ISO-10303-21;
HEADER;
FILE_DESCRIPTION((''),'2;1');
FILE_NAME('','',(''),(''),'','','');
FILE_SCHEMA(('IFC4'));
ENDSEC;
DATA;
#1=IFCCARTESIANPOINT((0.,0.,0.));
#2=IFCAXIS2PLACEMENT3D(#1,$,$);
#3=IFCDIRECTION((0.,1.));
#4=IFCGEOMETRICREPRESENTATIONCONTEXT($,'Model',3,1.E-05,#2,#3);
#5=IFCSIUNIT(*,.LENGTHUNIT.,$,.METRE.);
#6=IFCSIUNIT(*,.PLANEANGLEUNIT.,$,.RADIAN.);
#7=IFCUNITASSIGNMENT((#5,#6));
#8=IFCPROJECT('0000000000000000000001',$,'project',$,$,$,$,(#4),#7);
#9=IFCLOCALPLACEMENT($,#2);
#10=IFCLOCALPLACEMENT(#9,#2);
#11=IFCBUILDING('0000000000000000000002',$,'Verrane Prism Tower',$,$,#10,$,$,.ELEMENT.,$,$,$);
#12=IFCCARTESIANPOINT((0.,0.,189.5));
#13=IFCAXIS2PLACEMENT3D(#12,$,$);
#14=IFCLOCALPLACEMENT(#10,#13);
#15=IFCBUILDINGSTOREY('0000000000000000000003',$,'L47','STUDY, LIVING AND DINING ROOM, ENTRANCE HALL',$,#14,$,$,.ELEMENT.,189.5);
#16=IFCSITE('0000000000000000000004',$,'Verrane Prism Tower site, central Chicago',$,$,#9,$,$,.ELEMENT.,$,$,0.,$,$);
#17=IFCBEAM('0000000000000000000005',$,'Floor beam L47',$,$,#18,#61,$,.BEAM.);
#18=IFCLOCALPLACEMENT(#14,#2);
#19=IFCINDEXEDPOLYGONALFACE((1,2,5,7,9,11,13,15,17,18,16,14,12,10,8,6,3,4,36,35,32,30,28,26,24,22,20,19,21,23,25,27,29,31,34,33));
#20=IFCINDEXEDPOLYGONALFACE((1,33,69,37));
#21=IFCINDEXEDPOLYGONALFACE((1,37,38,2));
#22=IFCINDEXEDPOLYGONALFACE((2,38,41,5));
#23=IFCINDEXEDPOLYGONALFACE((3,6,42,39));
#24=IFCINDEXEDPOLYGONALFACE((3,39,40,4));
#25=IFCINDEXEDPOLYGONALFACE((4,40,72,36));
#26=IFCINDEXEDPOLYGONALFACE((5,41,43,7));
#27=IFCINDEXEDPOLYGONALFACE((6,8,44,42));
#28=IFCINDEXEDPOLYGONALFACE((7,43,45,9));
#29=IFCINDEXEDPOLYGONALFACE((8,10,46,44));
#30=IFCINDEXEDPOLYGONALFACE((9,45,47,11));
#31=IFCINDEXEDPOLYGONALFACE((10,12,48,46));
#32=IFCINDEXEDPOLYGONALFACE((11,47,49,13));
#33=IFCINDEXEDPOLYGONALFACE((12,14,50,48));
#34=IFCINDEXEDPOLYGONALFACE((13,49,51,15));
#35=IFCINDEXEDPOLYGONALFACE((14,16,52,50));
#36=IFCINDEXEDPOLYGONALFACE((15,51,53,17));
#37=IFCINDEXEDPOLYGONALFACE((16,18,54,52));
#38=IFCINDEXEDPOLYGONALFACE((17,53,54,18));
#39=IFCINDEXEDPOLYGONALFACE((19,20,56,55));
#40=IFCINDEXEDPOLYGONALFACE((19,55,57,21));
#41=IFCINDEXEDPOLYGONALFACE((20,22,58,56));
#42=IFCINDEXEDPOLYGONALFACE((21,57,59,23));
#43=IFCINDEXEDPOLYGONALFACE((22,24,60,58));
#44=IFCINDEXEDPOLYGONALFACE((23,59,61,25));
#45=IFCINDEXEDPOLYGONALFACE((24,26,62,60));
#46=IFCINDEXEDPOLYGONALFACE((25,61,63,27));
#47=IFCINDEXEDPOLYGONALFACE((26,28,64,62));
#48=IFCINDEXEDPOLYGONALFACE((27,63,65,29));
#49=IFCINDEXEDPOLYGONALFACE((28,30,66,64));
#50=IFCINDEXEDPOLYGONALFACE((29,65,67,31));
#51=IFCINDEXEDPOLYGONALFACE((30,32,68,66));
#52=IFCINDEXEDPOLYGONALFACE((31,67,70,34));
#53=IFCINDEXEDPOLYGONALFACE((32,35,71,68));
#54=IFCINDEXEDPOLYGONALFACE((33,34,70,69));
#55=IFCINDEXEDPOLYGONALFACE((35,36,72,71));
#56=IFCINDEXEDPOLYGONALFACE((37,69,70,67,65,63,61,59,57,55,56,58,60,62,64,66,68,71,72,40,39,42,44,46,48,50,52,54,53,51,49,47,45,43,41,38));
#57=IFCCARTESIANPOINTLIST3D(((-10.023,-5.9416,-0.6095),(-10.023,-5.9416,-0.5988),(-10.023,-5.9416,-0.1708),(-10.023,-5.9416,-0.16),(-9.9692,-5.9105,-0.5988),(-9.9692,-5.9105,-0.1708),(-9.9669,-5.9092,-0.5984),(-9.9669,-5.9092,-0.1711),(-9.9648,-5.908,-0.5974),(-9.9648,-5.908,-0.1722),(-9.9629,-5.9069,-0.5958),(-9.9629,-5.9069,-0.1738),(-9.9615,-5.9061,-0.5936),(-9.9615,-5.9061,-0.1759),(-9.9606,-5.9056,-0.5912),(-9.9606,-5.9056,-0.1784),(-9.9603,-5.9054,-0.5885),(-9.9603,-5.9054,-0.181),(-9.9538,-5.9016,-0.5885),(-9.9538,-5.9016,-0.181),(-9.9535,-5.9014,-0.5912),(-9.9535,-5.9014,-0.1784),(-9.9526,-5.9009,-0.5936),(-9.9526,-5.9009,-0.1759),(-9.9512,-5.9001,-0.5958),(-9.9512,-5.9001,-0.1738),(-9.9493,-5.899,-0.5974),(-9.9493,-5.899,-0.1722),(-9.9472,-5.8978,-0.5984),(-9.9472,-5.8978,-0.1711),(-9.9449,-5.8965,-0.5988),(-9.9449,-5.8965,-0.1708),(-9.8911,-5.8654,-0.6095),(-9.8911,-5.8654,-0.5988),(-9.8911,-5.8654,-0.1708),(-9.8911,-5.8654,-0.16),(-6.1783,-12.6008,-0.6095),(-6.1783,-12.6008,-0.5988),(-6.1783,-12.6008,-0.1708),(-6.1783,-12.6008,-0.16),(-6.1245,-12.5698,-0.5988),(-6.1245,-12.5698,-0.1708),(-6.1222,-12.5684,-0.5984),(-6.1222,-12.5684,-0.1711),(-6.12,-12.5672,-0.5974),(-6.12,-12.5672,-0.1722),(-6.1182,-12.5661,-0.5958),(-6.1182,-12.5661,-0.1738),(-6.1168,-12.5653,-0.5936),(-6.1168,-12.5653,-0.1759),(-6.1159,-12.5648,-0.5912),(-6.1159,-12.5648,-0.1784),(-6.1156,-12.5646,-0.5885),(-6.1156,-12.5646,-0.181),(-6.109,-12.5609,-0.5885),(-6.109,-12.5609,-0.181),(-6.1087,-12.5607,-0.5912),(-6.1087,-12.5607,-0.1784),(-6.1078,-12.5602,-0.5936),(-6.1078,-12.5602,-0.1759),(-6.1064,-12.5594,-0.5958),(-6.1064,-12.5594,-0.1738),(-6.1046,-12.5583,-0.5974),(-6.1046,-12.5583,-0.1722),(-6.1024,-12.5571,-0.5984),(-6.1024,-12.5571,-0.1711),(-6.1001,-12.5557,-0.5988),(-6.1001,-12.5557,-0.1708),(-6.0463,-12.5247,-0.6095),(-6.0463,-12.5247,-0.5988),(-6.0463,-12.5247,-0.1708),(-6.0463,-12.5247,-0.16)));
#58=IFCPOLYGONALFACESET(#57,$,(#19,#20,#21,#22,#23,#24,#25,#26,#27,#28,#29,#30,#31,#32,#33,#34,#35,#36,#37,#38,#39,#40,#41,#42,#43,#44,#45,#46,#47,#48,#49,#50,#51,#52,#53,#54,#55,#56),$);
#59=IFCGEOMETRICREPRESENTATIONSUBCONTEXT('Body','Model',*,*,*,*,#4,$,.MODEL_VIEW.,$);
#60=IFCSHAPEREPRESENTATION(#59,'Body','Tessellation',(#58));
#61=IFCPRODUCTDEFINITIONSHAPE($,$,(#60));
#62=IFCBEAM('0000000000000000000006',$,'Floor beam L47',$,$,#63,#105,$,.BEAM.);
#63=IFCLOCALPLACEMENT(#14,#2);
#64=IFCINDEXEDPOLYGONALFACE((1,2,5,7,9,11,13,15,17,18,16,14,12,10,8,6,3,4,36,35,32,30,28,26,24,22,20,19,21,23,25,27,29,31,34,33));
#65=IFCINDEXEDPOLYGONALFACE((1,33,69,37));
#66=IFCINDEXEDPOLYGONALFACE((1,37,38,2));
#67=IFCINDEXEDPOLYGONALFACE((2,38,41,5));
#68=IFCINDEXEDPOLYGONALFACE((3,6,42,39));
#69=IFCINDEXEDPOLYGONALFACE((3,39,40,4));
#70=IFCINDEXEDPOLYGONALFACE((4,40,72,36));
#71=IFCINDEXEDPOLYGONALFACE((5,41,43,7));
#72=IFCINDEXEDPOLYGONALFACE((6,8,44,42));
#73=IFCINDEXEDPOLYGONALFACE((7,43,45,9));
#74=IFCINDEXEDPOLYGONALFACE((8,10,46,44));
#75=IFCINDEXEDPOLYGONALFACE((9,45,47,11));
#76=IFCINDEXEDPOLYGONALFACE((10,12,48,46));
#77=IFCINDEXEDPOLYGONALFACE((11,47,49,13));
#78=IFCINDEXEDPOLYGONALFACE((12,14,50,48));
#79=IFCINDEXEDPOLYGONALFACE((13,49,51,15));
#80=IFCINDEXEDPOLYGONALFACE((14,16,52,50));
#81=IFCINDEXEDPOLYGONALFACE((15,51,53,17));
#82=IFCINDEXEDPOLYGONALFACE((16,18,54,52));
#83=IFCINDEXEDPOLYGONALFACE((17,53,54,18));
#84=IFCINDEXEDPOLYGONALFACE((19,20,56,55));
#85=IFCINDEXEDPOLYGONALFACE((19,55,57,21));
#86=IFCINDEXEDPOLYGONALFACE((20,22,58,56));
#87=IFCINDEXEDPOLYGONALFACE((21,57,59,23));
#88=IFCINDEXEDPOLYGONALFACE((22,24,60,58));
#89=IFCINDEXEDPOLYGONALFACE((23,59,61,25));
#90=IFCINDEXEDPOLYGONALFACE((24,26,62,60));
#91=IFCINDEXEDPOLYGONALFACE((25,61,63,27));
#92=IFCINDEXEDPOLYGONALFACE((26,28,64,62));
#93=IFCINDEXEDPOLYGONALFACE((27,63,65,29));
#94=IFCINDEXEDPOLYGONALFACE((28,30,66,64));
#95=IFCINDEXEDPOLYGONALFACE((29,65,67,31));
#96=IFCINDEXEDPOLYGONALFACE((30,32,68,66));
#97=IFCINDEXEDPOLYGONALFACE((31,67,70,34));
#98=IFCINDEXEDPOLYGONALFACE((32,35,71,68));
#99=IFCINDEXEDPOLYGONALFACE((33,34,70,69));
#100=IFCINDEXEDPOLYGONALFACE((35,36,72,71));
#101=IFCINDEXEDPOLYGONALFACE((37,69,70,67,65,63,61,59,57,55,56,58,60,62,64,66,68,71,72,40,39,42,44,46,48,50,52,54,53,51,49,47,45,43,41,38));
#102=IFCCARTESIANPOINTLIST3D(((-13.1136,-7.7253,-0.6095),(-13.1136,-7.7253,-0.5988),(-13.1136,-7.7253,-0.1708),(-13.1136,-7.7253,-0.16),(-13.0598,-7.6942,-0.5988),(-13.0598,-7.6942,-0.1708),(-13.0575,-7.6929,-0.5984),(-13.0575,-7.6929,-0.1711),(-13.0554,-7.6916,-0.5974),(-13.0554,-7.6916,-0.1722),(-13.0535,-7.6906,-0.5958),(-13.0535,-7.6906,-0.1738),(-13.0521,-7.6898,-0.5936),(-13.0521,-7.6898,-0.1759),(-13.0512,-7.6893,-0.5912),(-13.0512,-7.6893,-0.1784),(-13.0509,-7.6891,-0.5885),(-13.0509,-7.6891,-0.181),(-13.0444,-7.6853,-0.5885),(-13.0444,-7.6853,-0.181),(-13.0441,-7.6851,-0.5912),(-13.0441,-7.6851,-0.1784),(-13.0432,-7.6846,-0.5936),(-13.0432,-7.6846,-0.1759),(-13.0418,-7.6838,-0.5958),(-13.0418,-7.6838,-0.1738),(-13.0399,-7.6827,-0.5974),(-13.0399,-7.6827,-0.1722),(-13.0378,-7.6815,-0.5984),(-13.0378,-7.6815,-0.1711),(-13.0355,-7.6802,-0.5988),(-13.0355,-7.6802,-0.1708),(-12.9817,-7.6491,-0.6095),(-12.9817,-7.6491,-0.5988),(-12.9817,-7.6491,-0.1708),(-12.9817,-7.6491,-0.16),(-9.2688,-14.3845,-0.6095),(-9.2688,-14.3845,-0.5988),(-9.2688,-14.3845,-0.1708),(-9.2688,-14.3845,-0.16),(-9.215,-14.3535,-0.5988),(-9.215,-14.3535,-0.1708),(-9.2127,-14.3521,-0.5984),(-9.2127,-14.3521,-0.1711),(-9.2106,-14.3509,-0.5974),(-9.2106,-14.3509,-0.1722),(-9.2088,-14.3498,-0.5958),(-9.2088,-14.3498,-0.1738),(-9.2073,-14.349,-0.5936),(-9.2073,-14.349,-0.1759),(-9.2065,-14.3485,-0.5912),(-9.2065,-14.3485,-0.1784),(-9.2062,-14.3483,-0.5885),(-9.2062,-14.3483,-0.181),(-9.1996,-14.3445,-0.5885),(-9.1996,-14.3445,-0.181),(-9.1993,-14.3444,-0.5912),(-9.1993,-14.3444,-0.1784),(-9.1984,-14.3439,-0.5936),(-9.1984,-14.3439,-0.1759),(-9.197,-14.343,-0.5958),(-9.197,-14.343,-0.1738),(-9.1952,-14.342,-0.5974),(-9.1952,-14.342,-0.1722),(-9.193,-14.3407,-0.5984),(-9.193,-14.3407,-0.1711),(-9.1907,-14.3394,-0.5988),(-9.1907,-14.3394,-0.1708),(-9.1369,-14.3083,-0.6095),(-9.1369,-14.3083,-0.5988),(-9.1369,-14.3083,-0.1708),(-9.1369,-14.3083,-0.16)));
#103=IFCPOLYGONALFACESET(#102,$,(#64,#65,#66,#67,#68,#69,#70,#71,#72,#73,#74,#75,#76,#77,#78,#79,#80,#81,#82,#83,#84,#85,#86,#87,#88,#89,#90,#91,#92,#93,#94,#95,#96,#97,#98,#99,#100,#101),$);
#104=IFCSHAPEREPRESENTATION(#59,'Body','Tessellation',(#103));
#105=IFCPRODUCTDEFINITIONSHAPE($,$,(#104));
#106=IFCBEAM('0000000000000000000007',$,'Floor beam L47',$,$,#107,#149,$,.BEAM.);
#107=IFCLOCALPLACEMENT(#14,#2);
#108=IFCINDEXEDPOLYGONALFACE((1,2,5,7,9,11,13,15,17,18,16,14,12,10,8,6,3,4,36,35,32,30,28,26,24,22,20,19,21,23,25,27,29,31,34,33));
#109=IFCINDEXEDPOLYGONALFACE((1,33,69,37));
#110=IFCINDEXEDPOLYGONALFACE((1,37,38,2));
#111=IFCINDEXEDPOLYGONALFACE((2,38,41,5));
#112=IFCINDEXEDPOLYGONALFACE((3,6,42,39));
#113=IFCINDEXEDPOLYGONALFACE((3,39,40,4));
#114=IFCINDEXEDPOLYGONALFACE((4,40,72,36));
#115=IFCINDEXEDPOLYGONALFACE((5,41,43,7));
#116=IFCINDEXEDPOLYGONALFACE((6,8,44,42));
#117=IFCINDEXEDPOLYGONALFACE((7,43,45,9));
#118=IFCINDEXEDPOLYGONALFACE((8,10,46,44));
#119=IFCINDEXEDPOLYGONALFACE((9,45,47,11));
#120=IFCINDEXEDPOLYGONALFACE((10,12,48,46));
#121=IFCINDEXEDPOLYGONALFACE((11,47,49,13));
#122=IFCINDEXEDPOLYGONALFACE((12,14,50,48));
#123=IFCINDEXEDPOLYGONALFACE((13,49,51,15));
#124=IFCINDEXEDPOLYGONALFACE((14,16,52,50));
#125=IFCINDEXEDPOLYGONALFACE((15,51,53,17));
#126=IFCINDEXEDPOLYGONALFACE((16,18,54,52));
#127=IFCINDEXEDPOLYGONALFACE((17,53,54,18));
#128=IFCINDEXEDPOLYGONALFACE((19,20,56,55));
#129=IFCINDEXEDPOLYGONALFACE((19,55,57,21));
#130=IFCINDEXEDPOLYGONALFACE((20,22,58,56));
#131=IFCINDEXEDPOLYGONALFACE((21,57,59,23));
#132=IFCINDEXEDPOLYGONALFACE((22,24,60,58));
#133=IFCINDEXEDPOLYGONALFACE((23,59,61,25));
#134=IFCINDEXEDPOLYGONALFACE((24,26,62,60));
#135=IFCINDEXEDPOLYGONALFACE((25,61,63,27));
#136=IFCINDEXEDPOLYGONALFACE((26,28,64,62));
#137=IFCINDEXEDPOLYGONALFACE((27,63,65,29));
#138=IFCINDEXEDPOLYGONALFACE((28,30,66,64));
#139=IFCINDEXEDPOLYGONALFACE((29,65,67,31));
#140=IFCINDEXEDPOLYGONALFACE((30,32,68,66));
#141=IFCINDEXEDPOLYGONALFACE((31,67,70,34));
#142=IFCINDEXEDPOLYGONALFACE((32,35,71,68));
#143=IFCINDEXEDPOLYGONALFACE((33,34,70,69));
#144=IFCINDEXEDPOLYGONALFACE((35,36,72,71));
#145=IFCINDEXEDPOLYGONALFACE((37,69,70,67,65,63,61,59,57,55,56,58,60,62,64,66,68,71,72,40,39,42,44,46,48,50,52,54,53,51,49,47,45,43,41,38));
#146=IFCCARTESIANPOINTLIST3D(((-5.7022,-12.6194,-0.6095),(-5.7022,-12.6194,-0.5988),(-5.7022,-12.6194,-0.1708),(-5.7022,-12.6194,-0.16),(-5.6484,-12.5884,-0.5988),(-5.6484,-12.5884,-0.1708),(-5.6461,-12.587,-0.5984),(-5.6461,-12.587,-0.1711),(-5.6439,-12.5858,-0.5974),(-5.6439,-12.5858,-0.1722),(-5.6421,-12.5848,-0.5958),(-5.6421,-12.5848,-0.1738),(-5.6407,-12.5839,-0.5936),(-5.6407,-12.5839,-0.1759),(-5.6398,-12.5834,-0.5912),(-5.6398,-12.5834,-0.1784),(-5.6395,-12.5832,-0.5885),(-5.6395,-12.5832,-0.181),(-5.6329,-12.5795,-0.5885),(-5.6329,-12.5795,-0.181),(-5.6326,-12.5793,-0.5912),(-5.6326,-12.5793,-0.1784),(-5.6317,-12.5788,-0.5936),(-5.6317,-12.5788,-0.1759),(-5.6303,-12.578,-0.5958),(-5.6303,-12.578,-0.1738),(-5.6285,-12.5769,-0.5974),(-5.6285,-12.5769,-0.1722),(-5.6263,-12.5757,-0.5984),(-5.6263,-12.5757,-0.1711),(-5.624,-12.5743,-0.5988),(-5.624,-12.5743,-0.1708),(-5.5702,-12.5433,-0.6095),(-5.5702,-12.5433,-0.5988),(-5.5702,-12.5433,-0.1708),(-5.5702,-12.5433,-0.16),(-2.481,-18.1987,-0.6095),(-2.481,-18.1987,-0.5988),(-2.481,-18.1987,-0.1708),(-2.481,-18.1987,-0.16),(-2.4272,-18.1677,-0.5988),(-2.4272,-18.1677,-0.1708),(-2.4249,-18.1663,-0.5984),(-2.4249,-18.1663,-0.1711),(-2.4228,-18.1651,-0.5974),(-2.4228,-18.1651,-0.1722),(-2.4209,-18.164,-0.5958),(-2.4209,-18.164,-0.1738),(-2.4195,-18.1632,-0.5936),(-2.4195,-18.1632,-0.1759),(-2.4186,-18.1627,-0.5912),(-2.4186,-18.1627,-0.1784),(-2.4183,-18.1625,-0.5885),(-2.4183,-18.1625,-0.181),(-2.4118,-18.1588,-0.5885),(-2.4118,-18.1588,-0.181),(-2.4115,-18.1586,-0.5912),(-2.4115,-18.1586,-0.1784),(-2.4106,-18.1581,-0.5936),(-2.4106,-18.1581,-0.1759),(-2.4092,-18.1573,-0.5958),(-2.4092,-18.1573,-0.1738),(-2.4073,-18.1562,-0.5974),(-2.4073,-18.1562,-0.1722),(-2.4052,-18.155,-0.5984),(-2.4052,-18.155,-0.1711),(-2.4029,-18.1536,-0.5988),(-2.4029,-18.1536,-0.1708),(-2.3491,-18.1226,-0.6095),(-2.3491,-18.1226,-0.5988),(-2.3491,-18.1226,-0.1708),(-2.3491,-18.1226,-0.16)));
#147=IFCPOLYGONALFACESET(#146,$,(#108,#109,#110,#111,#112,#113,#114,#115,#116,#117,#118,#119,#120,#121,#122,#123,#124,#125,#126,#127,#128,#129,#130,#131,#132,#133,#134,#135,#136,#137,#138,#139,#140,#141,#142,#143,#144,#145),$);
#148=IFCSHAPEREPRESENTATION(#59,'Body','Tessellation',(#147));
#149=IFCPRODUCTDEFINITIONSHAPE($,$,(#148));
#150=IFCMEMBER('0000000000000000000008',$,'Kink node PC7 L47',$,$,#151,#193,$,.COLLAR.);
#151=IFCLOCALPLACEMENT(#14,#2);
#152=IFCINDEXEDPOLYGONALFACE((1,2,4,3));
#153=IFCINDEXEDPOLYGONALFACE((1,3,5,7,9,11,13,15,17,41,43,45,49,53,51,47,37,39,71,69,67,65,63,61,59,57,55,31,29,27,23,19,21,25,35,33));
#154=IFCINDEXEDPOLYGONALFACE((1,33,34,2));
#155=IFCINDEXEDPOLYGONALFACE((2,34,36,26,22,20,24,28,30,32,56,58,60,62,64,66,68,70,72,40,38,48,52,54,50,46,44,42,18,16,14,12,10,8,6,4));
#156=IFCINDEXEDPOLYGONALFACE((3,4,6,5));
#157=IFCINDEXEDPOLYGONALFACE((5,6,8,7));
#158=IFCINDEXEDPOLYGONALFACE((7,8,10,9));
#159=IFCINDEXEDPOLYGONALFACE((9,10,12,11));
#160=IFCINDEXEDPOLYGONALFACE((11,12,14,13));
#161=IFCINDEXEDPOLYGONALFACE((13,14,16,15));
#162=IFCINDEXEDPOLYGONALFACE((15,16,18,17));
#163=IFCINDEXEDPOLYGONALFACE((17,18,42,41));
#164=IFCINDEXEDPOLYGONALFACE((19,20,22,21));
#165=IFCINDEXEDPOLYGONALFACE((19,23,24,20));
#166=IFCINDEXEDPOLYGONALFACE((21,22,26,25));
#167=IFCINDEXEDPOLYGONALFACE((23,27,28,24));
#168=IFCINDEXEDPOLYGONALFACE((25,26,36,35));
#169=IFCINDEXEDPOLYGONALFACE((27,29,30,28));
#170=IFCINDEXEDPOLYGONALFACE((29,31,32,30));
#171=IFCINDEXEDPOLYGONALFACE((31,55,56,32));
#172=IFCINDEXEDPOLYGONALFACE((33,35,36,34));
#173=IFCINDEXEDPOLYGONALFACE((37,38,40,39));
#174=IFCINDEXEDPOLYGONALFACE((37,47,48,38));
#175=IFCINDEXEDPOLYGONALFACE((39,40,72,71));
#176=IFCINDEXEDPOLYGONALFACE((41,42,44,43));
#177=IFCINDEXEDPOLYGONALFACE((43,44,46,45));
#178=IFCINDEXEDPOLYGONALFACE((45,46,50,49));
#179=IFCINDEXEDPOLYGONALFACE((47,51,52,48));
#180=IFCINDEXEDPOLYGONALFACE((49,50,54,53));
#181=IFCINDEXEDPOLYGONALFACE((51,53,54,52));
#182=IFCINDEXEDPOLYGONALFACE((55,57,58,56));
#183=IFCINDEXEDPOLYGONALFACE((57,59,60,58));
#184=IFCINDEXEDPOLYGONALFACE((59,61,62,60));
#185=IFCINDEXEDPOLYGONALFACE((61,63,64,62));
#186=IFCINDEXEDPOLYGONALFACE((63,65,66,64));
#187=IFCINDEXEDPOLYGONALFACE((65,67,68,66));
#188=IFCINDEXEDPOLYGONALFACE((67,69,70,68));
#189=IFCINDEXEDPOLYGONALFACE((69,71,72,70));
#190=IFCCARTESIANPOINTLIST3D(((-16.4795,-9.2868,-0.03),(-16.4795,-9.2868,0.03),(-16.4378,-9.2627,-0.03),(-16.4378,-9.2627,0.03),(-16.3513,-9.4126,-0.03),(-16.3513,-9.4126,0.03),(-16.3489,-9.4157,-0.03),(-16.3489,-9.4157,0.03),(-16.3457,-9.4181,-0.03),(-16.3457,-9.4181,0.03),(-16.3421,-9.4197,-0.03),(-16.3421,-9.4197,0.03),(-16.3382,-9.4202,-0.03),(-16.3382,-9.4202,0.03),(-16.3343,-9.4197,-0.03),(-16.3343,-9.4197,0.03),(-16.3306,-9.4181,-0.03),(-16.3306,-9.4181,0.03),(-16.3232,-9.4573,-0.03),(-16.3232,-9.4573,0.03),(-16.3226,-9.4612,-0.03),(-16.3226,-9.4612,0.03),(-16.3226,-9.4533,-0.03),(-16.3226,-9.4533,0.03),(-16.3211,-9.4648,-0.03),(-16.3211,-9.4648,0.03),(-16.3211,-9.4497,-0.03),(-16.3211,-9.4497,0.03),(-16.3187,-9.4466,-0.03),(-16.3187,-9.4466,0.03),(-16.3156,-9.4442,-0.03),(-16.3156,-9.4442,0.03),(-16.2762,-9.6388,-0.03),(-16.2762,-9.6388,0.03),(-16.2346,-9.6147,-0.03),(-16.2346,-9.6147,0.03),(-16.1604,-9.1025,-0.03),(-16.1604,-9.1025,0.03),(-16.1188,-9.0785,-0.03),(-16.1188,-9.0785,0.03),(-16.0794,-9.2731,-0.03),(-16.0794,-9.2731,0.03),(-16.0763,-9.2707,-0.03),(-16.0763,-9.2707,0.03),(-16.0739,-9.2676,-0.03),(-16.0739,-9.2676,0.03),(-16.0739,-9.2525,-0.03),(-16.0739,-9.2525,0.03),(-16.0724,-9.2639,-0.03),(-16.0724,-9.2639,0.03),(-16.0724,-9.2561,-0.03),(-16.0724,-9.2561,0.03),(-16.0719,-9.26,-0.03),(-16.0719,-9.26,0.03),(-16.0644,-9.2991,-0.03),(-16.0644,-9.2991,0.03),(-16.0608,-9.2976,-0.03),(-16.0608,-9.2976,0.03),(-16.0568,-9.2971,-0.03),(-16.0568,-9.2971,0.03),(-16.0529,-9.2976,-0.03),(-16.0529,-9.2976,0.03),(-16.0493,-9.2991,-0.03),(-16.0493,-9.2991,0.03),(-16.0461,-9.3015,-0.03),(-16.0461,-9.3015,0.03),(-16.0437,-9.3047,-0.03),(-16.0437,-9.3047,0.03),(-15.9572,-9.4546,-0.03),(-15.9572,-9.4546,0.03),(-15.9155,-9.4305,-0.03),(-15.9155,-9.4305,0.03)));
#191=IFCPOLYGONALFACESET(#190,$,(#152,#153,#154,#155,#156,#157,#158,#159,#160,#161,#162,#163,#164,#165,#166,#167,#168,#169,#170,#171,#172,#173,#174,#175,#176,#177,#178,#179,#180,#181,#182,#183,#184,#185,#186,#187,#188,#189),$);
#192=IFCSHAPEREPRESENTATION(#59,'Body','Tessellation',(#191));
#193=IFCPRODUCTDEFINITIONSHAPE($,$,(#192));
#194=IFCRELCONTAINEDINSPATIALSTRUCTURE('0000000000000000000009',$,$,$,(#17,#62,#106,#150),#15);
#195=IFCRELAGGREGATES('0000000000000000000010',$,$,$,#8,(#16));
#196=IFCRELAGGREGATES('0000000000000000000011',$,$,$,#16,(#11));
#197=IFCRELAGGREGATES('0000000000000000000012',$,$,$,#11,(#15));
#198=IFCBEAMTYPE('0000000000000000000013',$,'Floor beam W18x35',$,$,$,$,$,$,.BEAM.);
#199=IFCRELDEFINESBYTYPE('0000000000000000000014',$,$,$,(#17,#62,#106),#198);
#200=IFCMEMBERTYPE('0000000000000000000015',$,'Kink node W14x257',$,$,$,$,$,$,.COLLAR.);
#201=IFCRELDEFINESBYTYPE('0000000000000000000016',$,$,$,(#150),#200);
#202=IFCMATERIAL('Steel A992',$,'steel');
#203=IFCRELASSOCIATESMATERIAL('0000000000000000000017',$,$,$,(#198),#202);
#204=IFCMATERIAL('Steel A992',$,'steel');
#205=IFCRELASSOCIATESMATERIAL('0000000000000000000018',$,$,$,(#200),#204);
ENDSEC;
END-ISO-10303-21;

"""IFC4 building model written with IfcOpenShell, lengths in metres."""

from ifc_helpers import new_model, si_unit, direction, frame, origin, origin_2d, place, context, subcontext, project, spatial, i_section, extrude, material, material_profile, profile_set, type_object, element, save


model = new_model("IFC4")

# Units and contexts
model_context = context("Model", 3, precision=1e-05, world=origin(), true_north=direction((0.0, 1.0)))
body_context = subcontext(model_context, "Body", "Model", "MODEL_VIEW")
ifc_project = project(units=[si_unit("LENGTHUNIT", "METRE"), si_unit("PLANEANGLEUNIT", "RADIAN")], contexts=[model_context])

# Site, building, storey
site_placement = place(None, origin())
site = spatial("IfcSite", under=ifc_project, at=site_placement, Name="Verrane Prism Tower site, central Chicago", CompositionType="ELEMENT", RefElevation=0.0)
building_placement = place(site_placement, origin())
building = spatial("IfcBuilding", under=site, at=building_placement, Name="Verrane Prism Tower", CompositionType="ELEMENT")
storey_placement = place(building_placement, frame((0.0, 0.0, 189.5)))
storey = spatial("IfcBuildingStorey", under=building, at=storey_placement, Name="L47", Description="STUDY, LIVING AND DINING ROOM, ENTRANCE HALL", CompositionType="ELEMENT", Elevation=189.5)

# Beams
ifc_material_1 = material(Name="Steel A992", Category="steel")
ifc_material_profile_1 = material_profile(ifc_material_1, i_section(OverallWidth=0.1523, OverallDepth=0.4495, WebThickness=0.0076, FlangeThickness=0.0107, FilletRadius=0.0103, at=origin_2d()), Name="W18x35")
ifc_profile_set_1 = profile_set([ifc_material_profile_1], Name="Steel A992")
beam_type_1 = type_object("IfcBeamType", Name="Floor beam W18x35", PredefinedType="BEAM", material=ifc_profile_set_1)
for number, where, z_axis, x_axis, name in (
    (1, (-6.1123, -12.5627, -0.3848), (-0.500005, 0.866023, 0.0), (-0.866023, -0.500005, 0.0), "Floor beam L47"),
    (2, (-9.2029, -14.3464, -0.3848), (-0.500005, 0.866023, 0.0), (-0.866023, -0.500005, 0.0), "Floor beam L47"),
):
    element("IfcBeam", number, at=place(storey_placement, frame(where, z_axis=z_axis, x_axis=x_axis)), inside=storey, type_object=beam_type_1, Name=name, PredefinedType="BEAM", context=body_context, shape_type="SweptSolid", body=[
        extrude(i_section(OverallWidth=0.1523, OverallDepth=0.4495, WebThickness=0.0076, FlangeThickness=0.0107, FilletRadius=0.0103, at=origin_2d()), origin(), (0.0, 0.0, 1.0), 7.6895),
    ])
beam_1_placement = place(storey_placement, frame((-2.415, -18.1606, -0.3848), z_axis=(-0.499995, 0.866028, 0.0), x_axis=(-0.866028, -0.499995, 0.0)))
element("IfcBeam", 3, at=beam_1_placement, inside=storey, type_object=beam_type_1, Name="Floor beam L47", PredefinedType="BEAM", context=body_context, shape_type="SweptSolid", body=[
    extrude(i_section(OverallWidth=0.1523, OverallDepth=0.4495, WebThickness=0.0076, FlangeThickness=0.0107, FilletRadius=0.0103, at=origin_2d()), origin(), (0.0, 0.0, 1.0), 6.4424),
])

# Member
ifc_material_2 = material(Name="Steel A992", Category="steel")
ifc_material_profile_2 = material_profile(ifc_material_2, i_section(OverallWidth=0.4065, OverallDepth=0.4165, WebThickness=0.03, FlangeThickness=0.0481, FilletRadius=0.0151, at=origin_2d()), Name="W14x257")
ifc_profile_set_2 = profile_set([ifc_material_profile_2], Name="Steel A992")
member_type_1 = type_object("IfcMemberType", Name="Kink node W14x257", PredefinedType="COLLAR", material=ifc_profile_set_2)
member_1_placement = place(storey_placement, frame((-16.1975, -9.3586, -0.03), z_axis=(0.0, 0.0, 1.0), x_axis=(-0.5, 0.866025, 0.0)))
element("IfcMember", 4, at=member_1_placement, inside=storey, type_object=member_type_1, Name="Kink node PC7 L47", PredefinedType="COLLAR", context=body_context, shape_type="SweptSolid", body=[
    extrude(i_section(OverallWidth=0.4065, OverallDepth=0.4165, WebThickness=0.03, FlangeThickness=0.0481, FilletRadius=0.0151, at=origin_2d()), origin(), (0.0, 0.0, 1.0), 0.0601),
])

save(model, "model.ifc")
